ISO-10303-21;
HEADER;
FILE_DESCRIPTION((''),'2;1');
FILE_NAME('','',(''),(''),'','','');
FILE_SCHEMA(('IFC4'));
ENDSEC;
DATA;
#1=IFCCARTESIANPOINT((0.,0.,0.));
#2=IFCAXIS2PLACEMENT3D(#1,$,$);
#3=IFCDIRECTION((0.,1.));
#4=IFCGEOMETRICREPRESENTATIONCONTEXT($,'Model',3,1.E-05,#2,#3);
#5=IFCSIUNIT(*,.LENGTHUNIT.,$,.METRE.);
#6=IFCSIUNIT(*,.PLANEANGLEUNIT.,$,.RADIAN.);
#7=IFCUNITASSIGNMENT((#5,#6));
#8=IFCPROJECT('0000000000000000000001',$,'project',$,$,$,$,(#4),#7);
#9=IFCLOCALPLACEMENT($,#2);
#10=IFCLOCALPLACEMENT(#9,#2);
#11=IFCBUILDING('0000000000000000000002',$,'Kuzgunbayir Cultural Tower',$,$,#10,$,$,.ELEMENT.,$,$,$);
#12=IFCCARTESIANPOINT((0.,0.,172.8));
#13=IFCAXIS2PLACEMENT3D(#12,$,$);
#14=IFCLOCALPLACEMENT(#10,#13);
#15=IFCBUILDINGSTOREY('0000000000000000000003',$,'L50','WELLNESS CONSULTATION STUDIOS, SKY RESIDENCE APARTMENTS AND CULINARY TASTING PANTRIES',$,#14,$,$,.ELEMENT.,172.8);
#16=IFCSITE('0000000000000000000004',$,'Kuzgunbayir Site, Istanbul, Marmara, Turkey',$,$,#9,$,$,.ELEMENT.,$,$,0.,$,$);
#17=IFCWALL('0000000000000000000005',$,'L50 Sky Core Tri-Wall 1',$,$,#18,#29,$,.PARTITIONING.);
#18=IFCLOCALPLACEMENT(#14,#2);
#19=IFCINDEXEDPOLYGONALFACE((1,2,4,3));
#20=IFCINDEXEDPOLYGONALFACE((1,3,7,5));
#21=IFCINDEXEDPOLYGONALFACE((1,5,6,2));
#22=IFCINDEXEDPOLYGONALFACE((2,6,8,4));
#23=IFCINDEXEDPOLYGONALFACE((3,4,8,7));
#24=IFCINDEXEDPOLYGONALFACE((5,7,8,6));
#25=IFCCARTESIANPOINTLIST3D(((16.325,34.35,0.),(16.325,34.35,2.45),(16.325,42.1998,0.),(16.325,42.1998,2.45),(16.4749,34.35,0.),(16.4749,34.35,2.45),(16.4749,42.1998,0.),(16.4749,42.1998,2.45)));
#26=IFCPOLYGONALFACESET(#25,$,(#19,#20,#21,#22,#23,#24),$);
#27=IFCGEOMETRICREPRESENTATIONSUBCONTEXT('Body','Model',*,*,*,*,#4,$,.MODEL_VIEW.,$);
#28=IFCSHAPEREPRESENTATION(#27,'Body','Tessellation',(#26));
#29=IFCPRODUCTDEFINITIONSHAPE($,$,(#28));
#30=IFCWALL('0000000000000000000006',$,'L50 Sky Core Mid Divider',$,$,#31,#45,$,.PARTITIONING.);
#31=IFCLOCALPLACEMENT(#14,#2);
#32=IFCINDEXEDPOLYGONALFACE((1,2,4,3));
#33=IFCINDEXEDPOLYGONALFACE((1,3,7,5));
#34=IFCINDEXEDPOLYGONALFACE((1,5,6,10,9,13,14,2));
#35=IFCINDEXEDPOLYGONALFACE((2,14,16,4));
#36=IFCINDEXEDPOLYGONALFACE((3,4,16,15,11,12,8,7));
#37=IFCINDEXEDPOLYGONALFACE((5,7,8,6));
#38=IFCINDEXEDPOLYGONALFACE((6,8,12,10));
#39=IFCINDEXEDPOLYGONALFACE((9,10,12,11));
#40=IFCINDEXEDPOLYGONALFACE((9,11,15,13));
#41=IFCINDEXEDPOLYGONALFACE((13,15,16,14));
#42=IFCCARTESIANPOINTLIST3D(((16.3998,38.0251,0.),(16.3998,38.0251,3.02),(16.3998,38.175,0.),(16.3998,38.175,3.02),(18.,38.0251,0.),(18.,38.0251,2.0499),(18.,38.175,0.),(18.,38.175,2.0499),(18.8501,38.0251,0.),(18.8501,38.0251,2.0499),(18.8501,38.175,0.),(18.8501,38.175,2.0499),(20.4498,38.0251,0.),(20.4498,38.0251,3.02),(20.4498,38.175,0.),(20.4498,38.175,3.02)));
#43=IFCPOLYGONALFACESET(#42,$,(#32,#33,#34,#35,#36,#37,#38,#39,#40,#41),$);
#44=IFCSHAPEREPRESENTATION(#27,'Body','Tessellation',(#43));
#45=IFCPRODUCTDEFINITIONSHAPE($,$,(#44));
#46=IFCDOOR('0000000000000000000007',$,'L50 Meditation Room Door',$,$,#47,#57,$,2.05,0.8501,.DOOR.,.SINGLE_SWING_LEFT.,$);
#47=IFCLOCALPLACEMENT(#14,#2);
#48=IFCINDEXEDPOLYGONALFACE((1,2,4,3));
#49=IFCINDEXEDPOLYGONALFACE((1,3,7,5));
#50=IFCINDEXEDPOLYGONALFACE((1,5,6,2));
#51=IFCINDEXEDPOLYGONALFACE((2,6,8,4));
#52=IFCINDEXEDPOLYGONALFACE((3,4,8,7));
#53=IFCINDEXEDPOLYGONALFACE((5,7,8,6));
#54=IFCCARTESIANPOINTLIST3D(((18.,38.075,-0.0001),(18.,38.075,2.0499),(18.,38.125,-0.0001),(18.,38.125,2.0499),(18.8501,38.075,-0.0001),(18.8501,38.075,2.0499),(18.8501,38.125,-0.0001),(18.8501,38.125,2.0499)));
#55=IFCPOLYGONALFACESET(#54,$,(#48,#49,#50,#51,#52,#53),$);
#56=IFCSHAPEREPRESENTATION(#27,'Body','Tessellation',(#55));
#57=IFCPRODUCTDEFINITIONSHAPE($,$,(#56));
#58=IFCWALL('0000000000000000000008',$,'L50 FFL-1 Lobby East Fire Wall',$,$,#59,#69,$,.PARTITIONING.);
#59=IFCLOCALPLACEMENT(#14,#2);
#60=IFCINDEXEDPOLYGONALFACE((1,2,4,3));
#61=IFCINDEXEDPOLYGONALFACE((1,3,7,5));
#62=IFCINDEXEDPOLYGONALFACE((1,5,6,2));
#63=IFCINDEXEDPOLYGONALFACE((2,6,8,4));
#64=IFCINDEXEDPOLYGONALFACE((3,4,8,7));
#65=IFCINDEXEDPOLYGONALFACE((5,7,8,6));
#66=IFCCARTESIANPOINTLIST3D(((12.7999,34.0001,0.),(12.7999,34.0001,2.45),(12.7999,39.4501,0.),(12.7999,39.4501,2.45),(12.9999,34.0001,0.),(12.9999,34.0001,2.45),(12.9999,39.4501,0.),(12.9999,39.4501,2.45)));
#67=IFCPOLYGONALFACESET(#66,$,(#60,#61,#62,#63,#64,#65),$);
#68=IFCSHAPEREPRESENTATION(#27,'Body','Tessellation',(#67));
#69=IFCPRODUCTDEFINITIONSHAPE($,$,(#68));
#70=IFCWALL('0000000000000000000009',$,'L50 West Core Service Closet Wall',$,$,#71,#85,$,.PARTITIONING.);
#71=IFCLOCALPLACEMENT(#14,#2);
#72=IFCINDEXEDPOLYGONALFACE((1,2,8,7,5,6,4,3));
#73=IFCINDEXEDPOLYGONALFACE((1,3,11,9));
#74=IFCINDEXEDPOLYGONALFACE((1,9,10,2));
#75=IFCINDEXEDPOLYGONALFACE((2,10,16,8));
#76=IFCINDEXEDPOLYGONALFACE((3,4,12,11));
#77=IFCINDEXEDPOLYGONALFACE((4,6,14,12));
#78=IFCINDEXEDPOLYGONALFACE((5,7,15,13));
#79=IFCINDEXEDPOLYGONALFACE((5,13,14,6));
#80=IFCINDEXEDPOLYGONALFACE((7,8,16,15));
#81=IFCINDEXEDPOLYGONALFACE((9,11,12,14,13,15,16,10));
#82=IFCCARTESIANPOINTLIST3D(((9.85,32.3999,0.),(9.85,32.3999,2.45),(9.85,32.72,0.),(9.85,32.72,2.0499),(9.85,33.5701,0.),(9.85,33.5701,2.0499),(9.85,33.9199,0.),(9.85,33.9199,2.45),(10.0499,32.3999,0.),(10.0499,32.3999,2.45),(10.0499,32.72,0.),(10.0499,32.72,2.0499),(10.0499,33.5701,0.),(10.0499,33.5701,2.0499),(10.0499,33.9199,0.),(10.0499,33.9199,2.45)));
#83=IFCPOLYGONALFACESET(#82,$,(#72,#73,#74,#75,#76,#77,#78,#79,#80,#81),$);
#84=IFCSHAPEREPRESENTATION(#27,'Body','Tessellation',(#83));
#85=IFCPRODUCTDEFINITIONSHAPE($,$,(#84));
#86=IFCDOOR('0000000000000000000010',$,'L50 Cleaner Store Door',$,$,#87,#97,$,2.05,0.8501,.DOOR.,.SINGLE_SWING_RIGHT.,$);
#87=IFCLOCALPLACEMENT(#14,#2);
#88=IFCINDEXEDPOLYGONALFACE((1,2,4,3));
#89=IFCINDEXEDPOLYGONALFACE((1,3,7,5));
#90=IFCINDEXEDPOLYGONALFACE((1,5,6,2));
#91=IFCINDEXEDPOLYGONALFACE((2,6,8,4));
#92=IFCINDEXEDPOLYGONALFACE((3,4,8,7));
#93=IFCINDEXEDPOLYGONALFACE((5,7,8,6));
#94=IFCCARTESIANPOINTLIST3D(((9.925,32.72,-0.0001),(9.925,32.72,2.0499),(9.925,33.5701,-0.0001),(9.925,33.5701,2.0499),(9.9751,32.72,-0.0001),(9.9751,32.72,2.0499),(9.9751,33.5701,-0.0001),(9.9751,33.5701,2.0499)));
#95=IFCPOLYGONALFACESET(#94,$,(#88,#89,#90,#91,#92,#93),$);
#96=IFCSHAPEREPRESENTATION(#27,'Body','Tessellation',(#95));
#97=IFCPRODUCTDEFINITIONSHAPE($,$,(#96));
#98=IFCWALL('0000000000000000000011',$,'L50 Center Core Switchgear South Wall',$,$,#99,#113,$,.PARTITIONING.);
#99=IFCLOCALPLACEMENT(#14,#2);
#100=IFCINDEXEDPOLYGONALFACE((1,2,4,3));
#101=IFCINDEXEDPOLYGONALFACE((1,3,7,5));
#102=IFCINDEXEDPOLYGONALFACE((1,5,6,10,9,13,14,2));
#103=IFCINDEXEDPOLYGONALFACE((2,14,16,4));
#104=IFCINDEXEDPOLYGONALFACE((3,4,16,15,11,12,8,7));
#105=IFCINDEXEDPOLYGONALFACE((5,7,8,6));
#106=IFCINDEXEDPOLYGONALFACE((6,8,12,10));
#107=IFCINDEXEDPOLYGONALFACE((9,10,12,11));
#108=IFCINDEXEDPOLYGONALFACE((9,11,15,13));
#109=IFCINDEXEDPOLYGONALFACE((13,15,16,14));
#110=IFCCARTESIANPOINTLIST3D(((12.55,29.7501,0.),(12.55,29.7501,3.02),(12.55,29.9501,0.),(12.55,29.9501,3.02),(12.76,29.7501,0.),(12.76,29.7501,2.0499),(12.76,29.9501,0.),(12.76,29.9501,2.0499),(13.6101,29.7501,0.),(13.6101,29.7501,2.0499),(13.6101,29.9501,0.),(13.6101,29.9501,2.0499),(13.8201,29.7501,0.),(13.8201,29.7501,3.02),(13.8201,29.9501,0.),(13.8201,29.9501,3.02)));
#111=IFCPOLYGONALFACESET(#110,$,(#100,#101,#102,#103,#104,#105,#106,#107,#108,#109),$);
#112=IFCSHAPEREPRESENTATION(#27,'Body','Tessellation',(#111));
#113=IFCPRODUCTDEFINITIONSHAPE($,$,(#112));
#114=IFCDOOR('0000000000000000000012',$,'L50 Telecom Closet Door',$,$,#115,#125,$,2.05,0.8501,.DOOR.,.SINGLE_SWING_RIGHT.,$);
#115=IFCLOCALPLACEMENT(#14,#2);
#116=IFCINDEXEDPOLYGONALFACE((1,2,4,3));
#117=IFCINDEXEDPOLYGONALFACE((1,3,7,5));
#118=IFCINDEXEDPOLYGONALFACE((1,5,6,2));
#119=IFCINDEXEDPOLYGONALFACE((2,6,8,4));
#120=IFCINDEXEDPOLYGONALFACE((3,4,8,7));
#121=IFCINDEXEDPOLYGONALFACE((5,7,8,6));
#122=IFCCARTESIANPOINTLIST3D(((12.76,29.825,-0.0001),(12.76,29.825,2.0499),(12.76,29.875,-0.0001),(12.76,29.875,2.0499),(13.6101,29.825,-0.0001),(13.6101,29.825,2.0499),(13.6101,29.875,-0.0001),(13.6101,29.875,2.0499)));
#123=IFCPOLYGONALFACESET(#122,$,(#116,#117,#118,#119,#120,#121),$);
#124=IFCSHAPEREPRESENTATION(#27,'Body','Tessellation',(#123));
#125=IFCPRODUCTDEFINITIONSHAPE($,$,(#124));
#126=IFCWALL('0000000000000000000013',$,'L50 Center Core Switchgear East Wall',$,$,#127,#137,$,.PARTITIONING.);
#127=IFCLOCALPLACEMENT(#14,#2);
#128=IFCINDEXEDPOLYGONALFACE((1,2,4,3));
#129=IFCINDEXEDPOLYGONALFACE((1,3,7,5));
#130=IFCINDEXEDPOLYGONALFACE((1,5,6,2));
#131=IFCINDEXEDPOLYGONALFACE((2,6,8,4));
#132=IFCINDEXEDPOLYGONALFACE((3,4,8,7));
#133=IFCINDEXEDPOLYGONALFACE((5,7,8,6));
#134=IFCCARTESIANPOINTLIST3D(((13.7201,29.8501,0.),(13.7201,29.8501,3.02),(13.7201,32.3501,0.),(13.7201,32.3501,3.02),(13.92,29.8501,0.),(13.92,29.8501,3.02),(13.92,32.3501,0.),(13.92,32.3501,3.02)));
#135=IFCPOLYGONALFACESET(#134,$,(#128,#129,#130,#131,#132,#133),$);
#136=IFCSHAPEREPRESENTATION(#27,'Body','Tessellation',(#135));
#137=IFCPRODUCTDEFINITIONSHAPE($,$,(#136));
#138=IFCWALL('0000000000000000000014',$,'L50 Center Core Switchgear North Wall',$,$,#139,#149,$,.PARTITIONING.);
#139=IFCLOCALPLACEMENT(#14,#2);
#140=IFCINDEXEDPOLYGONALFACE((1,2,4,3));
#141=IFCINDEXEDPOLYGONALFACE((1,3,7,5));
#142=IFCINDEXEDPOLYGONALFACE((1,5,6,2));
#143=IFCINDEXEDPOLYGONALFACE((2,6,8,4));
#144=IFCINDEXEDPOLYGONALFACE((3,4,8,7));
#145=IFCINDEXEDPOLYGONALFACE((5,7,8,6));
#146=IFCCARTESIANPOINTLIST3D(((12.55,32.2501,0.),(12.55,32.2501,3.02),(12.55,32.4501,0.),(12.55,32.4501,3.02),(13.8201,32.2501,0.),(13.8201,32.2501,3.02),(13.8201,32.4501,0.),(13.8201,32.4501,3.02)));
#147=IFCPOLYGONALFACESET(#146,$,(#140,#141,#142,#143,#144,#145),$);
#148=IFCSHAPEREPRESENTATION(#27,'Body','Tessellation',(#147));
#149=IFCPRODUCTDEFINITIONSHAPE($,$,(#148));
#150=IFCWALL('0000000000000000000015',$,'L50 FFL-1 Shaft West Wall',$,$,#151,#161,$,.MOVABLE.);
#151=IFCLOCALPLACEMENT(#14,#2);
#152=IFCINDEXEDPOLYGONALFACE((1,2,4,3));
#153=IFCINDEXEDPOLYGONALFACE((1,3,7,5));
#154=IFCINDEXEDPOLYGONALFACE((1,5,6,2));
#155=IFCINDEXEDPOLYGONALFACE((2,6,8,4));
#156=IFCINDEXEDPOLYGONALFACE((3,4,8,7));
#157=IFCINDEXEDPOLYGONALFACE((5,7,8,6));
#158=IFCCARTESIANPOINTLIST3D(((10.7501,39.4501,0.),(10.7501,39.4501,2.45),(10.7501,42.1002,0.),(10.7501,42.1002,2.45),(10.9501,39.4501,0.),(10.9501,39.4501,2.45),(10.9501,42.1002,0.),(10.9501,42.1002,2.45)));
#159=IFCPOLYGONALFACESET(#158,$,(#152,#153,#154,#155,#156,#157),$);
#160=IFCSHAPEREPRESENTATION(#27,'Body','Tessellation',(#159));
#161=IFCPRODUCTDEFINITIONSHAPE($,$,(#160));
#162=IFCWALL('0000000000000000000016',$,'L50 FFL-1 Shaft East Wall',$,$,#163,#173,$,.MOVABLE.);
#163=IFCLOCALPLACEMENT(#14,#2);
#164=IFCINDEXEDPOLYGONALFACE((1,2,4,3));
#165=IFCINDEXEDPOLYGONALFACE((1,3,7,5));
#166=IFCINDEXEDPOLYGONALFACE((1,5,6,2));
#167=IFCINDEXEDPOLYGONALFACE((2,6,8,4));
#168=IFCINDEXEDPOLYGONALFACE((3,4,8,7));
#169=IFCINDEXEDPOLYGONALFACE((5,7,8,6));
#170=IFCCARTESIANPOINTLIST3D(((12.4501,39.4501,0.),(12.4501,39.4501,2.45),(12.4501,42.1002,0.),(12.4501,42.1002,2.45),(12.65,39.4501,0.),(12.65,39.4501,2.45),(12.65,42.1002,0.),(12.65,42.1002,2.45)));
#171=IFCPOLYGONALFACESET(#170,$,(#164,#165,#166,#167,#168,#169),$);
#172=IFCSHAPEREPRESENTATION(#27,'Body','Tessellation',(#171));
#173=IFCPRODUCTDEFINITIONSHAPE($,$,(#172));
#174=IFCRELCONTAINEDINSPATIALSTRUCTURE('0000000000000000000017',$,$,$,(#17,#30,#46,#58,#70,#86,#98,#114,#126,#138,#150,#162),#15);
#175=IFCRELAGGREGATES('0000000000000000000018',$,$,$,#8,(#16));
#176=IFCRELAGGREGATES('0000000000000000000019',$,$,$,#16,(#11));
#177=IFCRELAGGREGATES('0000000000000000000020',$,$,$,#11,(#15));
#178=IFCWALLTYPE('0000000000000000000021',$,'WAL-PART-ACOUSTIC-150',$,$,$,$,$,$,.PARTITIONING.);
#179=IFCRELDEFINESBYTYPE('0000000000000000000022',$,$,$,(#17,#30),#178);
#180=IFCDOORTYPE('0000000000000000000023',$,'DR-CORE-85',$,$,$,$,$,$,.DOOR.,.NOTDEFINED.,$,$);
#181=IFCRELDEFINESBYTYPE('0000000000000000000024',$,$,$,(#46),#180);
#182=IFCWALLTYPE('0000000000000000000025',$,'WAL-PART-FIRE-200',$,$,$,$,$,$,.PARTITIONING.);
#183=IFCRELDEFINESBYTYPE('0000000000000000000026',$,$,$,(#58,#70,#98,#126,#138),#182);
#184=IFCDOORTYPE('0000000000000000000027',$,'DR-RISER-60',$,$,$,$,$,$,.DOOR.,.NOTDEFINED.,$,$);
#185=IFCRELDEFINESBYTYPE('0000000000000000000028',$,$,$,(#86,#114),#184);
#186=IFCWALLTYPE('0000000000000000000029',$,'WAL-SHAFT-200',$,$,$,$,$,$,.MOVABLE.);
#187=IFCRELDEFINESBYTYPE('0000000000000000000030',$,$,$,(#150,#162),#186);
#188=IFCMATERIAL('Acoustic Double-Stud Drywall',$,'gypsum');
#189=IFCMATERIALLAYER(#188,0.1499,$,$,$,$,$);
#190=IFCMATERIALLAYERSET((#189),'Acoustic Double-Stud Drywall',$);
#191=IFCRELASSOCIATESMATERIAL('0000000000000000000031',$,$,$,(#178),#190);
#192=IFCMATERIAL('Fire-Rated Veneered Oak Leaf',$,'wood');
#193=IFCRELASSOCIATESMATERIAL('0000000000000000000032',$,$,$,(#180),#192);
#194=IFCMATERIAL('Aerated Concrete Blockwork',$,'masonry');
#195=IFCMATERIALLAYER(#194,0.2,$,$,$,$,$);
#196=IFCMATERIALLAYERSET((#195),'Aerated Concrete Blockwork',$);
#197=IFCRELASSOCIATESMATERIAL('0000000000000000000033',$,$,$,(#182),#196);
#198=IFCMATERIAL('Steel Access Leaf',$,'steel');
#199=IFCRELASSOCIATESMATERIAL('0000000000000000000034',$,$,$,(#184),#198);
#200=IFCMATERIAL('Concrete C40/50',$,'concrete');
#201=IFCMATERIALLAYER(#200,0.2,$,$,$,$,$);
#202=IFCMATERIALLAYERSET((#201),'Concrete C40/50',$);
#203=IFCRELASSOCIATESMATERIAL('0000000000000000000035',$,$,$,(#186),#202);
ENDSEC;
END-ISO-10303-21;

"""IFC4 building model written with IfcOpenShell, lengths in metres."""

from ifc_helpers import new_model, si_unit, direction, frame, frame_2d, origin, place, context, subcontext, project, spatial, rectangle, extrude, material, layer, layer_set, type_object, element, fill, save


model = new_model("IFC4")

# Units and contexts
model_context = context("Model", 3, precision=1e-05, world=origin(), true_north=direction((0.0, 1.0)))
body_context = subcontext(model_context, "Body", "Model", "MODEL_VIEW")
ifc_project = project(units=[si_unit("LENGTHUNIT", "METRE"), si_unit("PLANEANGLEUNIT", "RADIAN")], contexts=[model_context])

# Site, building, storey
site_placement = place(None, origin())
site = spatial("IfcSite", under=ifc_project, at=site_placement, Name="Kuzgunbayir Site, Istanbul, Marmara, Turkey", CompositionType="ELEMENT", RefElevation=0.0)
building_placement = place(site_placement, origin())
building = spatial("IfcBuilding", under=site, at=building_placement, Name="Kuzgunbayir Cultural Tower", CompositionType="ELEMENT")
storey_placement = place(building_placement, frame((0.0, 0.0, 172.8)))
storey = spatial("IfcBuildingStorey", under=building, at=storey_placement, Name="L50", Description="WELLNESS CONSULTATION STUDIOS, SKY RESIDENCE APARTMENTS AND CULINARY TASTING PANTRIES", CompositionType="ELEMENT", Elevation=172.8)

# Shared definitions
ifc_material_1 = material(Name="Acoustic Double-Stud Drywall", Category="gypsum")
ifc_layer_1 = layer(ifc_material_1, 0.1499)
ifc_layer_set_1 = layer_set([ifc_layer_1], Name="Acoustic Double-Stud Drywall")
wall_type_1 = type_object("IfcWallType", Name="WAL-PART-ACOUSTIC-150", PredefinedType="PARTITIONING", material=ifc_layer_set_1)
ifc_material_2 = material(Name="Fire-Rated Veneered Oak Leaf", Category="wood")
door_type_1 = type_object("IfcDoorType", Name="DR-CORE-85", OperationType="NOTDEFINED", PredefinedType="DOOR", material=ifc_material_2)

# Wall
wall_1_placement = place(storey_placement, frame((16.3999, 34.3501, 0.0), z_axis=(0.0, 0.0, 1.0), x_axis=(0.0, 1.0, 0.0)))
element("IfcWall", 1, at=wall_1_placement, inside=storey, type_object=wall_type_1, Name="L50 Sky Core Tri-Wall 1", PredefinedType="PARTITIONING", context=body_context, shape_type="SweptSolid", body=[
    extrude(rectangle(XDim=7.8499, YDim=0.1499, at=frame_2d((3.9248, 0.0))), origin(), (0.0, 0.0, 1.0), 2.45),
])

# Wall, opening, door
wall_2_placement = place(storey_placement, frame((16.3999, 38.1001, 0.0), z_axis=(0.0, 0.0, 1.0), x_axis=(1.0, 0.0, 0.0)))
wall_2 = element("IfcWall", 2, at=wall_2_placement, inside=storey, type_object=wall_type_1, Name="L50 Sky Core Mid Divider", PredefinedType="PARTITIONING", context=body_context, shape_type="SweptSolid", body=[
    extrude(rectangle(XDim=4.05, YDim=0.1499, at=frame_2d((2.0249, 0.0))), origin(), (0.0, 0.0, 1.0), 3.02),
])
opening_1_placement = place(wall_2_placement, frame((1.6001, 0.0, 0.0)))
opening_1 = element("IfcOpeningElement", 3, at=opening_1_placement, cuts=wall_2, PredefinedType="OPENING", context=body_context, shape_type="SweptSolid", body=[
    extrude(rectangle(XDim=0.8501, YDim=2.05, at=frame_2d((0.425, 1.0249))), frame((0.0, 0.085, 0.0), z_axis=(0.0, -1.0, 0.0), x_axis=(1.0, 0.0, 0.0)), (0.0, 0.0, 1.0), 0.1699),
])
door_1_placement = place(opening_1_placement, origin())
door_1 = element("IfcDoor", 4, at=door_1_placement, inside=storey, type_object=door_type_1, Name="L50 Meditation Room Door", OperationType="SINGLE_SWING_LEFT", OverallHeight=2.05, OverallWidth=0.8501, PredefinedType="DOOR", context=body_context, shape_type="SweptSolid", body=[
    extrude(rectangle(XDim=0.8501, YDim=2.05, at=frame_2d((0.425, 1.0249))), frame((0.0, 0.0249, 0.0), z_axis=(0.0, -1.0, 0.0), x_axis=(1.0, 0.0, 0.0)), (0.0, 0.0, 1.0), 0.05),
])
fill(opening_1, door_1)

# Wall
ifc_material_3 = material(Name="Aerated Concrete Blockwork", Category="masonry")
ifc_layer_2 = layer(ifc_material_3, 0.2)
ifc_layer_set_2 = layer_set([ifc_layer_2], Name="Aerated Concrete Blockwork")
wall_type_2 = type_object("IfcWallType", Name="WAL-PART-FIRE-200", PredefinedType="PARTITIONING", material=ifc_layer_set_2)
wall_3_placement = place(storey_placement, frame((12.8999, 34.0, 0.0), z_axis=(0.0, 0.0, 1.0), x_axis=(0.0, 1.0, 0.0)))
element("IfcWall", 5, at=wall_3_placement, inside=storey, type_object=wall_type_2, Name="L50 FFL-1 Lobby East Fire Wall", PredefinedType="PARTITIONING", context=body_context, shape_type="SweptSolid", body=[
    extrude(rectangle(XDim=5.45, YDim=0.2, at=frame_2d((2.7251, 0.0))), origin(), (0.0, 0.0, 1.0), 2.45),
])

# Walls, openings, doors
wall_4_placement = place(storey_placement, frame((9.95, 32.3999, 0.0), z_axis=(0.0, 0.0, 1.0), x_axis=(0.0, 1.0, 0.0)))
wall_4 = element("IfcWall", 6, at=wall_4_placement, inside=storey, type_object=wall_type_2, Name="L50 West Core Service Closet Wall", PredefinedType="PARTITIONING", context=body_context, shape_type="SweptSolid", body=[
    extrude(rectangle(XDim=1.52, YDim=0.2, at=frame_2d((0.76, 0.0))), origin(), (0.0, 0.0, 1.0), 2.45),
])
opening_2_placement = place(wall_4_placement, frame((0.3201, 0.0, 0.0)))
opening_2 = element("IfcOpeningElement", 7, at=opening_2_placement, cuts=wall_4, PredefinedType="OPENING", context=body_context, shape_type="SweptSolid", body=[
    extrude(rectangle(XDim=0.8501, YDim=2.05, at=frame_2d((0.425, 1.0249))), frame((0.0, 0.1099, 0.0), z_axis=(0.0, -1.0, 0.0), x_axis=(1.0, 0.0, 0.0)), (0.0, 0.0, 1.0), 0.22),
])
ifc_material_4 = material(Name="Steel Access Leaf", Category="steel")
door_type_2 = type_object("IfcDoorType", Name="DR-RISER-60", OperationType="NOTDEFINED", PredefinedType="DOOR", material=ifc_material_4)
door_2_placement = place(opening_2_placement, origin())
door_2 = element("IfcDoor", 8, at=door_2_placement, inside=storey, type_object=door_type_2, Name="L50 Cleaner Store Door", OperationType="SINGLE_SWING_RIGHT", OverallHeight=2.05, OverallWidth=0.8501, PredefinedType="DOOR", context=body_context, shape_type="SweptSolid", body=[
    extrude(rectangle(XDim=0.8501, YDim=2.05, at=frame_2d((0.425, 1.0249))), frame((0.0, 0.0249, 0.0), z_axis=(0.0, -1.0, 0.0), x_axis=(1.0, 0.0, 0.0)), (0.0, 0.0, 1.0), 0.05),
])
fill(opening_2, door_2)
wall_5_placement = place(storey_placement, frame((12.55, 29.8501, 0.0), z_axis=(0.0, 0.0, 1.0), x_axis=(1.0, 0.0, 0.0)))
wall_5 = element("IfcWall", 9, at=wall_5_placement, inside=storey, type_object=wall_type_2, Name="L50 Center Core Switchgear South Wall", PredefinedType="PARTITIONING", context=body_context, shape_type="SweptSolid", body=[
    extrude(rectangle(XDim=1.27, YDim=0.2, at=frame_2d((0.635, 0.0))), origin(), (0.0, 0.0, 1.0), 3.02),
])
opening_3_placement = place(wall_5_placement, frame((0.21, 0.0, 0.0)))
opening_3 = element("IfcOpeningElement", 10, at=opening_3_placement, cuts=wall_5, PredefinedType="OPENING", context=body_context, shape_type="SweptSolid", body=[
    extrude(rectangle(XDim=0.8501, YDim=2.05, at=frame_2d((0.425, 1.0249))), frame((0.0, 0.1099, 0.0), z_axis=(0.0, -1.0, 0.0), x_axis=(1.0, 0.0, 0.0)), (0.0, 0.0, 1.0), 0.22),
])
door_3_placement = place(opening_3_placement, origin())
door_3 = element("IfcDoor", 11, at=door_3_placement, inside=storey, type_object=door_type_2, Name="L50 Telecom Closet Door", OperationType="SINGLE_SWING_RIGHT", OverallHeight=2.05, OverallWidth=0.8501, PredefinedType="DOOR", context=body_context, shape_type="SweptSolid", body=[
    extrude(rectangle(XDim=0.8501, YDim=2.05, at=frame_2d((0.425, 1.0249))), frame((0.0, 0.0249, 0.0), z_axis=(0.0, -1.0, 0.0), x_axis=(1.0, 0.0, 0.0)), (0.0, 0.0, 1.0), 0.05),
])
fill(opening_3, door_3)

# Walls
wall_6_placement = place(storey_placement, frame((13.8201, 29.8501, 0.0), z_axis=(0.0, 0.0, 1.0), x_axis=(0.0, 1.0, 0.0)))
element("IfcWall", 12, at=wall_6_placement, inside=storey, type_object=wall_type_2, Name="L50 Center Core Switchgear East Wall", PredefinedType="PARTITIONING", context=body_context, shape_type="SweptSolid", body=[
    extrude(rectangle(XDim=2.5, YDim=0.2, at=frame_2d((1.25, 0.0))), origin(), (0.0, 0.0, 1.0), 3.02),
])
wall_7_placement = place(storey_placement, frame((12.55, 32.3501, 0.0), z_axis=(0.0, 0.0, 1.0), x_axis=(1.0, 0.0, 0.0)))
element("IfcWall", 13, at=wall_7_placement, inside=storey, type_object=wall_type_2, Name="L50 Center Core Switchgear North Wall", PredefinedType="PARTITIONING", context=body_context, shape_type="SweptSolid", body=[
    extrude(rectangle(XDim=1.27, YDim=0.2, at=frame_2d((0.635, 0.0))), origin(), (0.0, 0.0, 1.0), 3.02),
])

# Shared definitions
ifc_material_5 = material(Name="Concrete C40/50", Category="concrete")
ifc_layer_3 = layer(ifc_material_5, 0.2)
ifc_layer_set_3 = layer_set([ifc_layer_3], Name="Concrete C40/50")
wall_type_3 = type_object("IfcWallType", Name="WAL-SHAFT-200", PredefinedType="MOVABLE", material=ifc_layer_set_3)

# Walls
for number, where, z_axis, x_axis, name in (
    (14, (10.8501, 39.45, 0.0), (0.0, 0.0, 1.0), (0.0, 1.0, 0.0), "L50 FFL-1 Shaft West Wall"),
    (15, (12.55, 39.45, 0.0), (0.0, 0.0, 1.0), (0.0, 1.0, 0.0), "L50 FFL-1 Shaft East Wall"),
):
    element("IfcWall", number, at=place(storey_placement, frame(where, z_axis=z_axis, x_axis=x_axis)), inside=storey, type_object=wall_type_3, Name=name, PredefinedType="MOVABLE", context=body_context, shape_type="SweptSolid", body=[
        extrude(rectangle(XDim=2.6501, YDim=0.2, at=frame_2d((1.3252, 0.0))), origin(), (0.0, 0.0, 1.0), 2.45),
    ])

save(model, "model.ifc")
